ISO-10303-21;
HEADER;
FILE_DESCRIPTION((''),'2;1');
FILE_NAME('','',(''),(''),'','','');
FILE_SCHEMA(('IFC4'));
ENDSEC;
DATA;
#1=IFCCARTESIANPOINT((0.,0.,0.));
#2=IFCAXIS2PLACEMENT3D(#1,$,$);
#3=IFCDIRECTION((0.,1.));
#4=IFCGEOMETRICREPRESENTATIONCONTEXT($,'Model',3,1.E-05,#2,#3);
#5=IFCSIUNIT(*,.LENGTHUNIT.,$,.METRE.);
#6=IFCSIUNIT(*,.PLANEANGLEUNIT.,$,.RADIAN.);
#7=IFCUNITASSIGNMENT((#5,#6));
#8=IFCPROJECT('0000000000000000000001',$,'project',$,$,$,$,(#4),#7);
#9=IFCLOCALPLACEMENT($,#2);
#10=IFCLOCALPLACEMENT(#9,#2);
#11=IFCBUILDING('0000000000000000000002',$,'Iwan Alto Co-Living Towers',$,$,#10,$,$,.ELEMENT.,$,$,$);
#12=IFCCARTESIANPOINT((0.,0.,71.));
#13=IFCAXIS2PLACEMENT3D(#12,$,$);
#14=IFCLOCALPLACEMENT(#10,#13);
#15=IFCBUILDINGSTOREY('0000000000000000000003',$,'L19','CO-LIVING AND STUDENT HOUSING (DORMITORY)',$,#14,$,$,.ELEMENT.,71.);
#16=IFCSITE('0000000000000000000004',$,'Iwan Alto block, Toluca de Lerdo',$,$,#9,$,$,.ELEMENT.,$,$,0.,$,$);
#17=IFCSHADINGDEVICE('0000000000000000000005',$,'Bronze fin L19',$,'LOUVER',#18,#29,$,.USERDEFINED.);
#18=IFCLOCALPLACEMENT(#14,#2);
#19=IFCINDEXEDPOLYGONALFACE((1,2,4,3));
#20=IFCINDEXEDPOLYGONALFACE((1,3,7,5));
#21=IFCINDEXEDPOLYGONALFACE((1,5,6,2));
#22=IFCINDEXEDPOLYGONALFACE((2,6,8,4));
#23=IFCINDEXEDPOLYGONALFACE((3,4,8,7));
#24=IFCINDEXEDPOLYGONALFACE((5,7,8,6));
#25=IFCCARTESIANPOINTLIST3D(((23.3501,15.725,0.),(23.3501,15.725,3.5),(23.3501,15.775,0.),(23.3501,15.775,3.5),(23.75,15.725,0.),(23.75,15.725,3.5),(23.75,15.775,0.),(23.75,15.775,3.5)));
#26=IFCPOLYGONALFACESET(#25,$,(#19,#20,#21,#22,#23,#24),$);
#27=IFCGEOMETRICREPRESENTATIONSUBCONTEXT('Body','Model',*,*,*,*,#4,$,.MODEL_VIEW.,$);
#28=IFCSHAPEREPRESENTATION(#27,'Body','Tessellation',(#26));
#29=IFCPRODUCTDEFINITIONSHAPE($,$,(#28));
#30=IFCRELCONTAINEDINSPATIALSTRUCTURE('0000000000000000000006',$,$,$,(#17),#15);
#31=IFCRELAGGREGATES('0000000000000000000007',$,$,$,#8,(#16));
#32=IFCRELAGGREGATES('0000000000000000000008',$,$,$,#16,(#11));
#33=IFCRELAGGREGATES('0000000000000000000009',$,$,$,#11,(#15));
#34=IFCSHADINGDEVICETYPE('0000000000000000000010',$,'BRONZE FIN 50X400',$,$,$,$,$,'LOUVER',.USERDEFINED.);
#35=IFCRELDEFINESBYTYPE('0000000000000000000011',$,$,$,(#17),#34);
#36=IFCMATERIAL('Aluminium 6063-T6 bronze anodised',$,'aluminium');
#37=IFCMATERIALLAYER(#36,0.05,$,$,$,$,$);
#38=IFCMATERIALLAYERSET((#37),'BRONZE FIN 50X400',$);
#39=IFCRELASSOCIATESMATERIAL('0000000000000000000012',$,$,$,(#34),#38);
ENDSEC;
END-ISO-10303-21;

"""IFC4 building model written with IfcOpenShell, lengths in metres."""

from ifc_helpers import new_model, si_unit, direction, frame, origin, origin_2d, place, context, subcontext, project, spatial, rectangle, extrude, material, layer, layer_set, type_object, element, save


model = new_model("IFC4")

# Units and contexts
model_context = context("Model", 3, precision=1e-05, world=origin(), true_north=direction((0.0, 1.0)))
body_context = subcontext(model_context, "Body", "Model", "MODEL_VIEW")
ifc_project = project(units=[si_unit("LENGTHUNIT", "METRE"), si_unit("PLANEANGLEUNIT", "RADIAN")], contexts=[model_context])

# Site, building, storey
site_placement = place(None, origin())
site = spatial("IfcSite", under=ifc_project, at=site_placement, Name="Iwan Alto block, Toluca de Lerdo", CompositionType="ELEMENT", RefElevation=0.0)
building_placement = place(site_placement, origin())
building = spatial("IfcBuilding", under=site, at=building_placement, Name="Iwan Alto Co-Living Towers", CompositionType="ELEMENT")
storey_placement = place(building_placement, frame((0.0, 0.0, 71.0)))
storey = spatial("IfcBuildingStorey", under=building, at=storey_placement, Name="L19", Description="CO-LIVING AND STUDENT HOUSING (DORMITORY)", CompositionType="ELEMENT", Elevation=71.0)

# Shading device
ifc_material_1 = material(Name="Aluminium 6063-T6 bronze anodised", Category="aluminium")
ifc_layer_1 = layer(ifc_material_1, 0.05)
ifc_layer_set_1 = layer_set([ifc_layer_1], Name="BRONZE FIN 50X400")
shading_device_type = type_object("IfcShadingDeviceType", Name="BRONZE FIN 50X400", ElementType="LOUVER", PredefinedType="USERDEFINED", material=ifc_layer_set_1)
shading_device_placement = place(storey_placement, frame((23.55, 15.75, 0.0), z_axis=(0.0, 0.0, 1.0), x_axis=(0.0, 1.0, 0.0)))
element("IfcShadingDevice", 1, at=shading_device_placement, inside=storey, type_object=shading_device_type, Name="Bronze fin L19", ObjectType="LOUVER", PredefinedType="USERDEFINED", context=body_context, shape_type="SweptSolid", body=[
    extrude(rectangle(XDim=0.05, YDim=0.3999, at=origin_2d()), origin(), (0.0, 0.0, 1.0), 3.5),
])

save(model, "model.ifc")
